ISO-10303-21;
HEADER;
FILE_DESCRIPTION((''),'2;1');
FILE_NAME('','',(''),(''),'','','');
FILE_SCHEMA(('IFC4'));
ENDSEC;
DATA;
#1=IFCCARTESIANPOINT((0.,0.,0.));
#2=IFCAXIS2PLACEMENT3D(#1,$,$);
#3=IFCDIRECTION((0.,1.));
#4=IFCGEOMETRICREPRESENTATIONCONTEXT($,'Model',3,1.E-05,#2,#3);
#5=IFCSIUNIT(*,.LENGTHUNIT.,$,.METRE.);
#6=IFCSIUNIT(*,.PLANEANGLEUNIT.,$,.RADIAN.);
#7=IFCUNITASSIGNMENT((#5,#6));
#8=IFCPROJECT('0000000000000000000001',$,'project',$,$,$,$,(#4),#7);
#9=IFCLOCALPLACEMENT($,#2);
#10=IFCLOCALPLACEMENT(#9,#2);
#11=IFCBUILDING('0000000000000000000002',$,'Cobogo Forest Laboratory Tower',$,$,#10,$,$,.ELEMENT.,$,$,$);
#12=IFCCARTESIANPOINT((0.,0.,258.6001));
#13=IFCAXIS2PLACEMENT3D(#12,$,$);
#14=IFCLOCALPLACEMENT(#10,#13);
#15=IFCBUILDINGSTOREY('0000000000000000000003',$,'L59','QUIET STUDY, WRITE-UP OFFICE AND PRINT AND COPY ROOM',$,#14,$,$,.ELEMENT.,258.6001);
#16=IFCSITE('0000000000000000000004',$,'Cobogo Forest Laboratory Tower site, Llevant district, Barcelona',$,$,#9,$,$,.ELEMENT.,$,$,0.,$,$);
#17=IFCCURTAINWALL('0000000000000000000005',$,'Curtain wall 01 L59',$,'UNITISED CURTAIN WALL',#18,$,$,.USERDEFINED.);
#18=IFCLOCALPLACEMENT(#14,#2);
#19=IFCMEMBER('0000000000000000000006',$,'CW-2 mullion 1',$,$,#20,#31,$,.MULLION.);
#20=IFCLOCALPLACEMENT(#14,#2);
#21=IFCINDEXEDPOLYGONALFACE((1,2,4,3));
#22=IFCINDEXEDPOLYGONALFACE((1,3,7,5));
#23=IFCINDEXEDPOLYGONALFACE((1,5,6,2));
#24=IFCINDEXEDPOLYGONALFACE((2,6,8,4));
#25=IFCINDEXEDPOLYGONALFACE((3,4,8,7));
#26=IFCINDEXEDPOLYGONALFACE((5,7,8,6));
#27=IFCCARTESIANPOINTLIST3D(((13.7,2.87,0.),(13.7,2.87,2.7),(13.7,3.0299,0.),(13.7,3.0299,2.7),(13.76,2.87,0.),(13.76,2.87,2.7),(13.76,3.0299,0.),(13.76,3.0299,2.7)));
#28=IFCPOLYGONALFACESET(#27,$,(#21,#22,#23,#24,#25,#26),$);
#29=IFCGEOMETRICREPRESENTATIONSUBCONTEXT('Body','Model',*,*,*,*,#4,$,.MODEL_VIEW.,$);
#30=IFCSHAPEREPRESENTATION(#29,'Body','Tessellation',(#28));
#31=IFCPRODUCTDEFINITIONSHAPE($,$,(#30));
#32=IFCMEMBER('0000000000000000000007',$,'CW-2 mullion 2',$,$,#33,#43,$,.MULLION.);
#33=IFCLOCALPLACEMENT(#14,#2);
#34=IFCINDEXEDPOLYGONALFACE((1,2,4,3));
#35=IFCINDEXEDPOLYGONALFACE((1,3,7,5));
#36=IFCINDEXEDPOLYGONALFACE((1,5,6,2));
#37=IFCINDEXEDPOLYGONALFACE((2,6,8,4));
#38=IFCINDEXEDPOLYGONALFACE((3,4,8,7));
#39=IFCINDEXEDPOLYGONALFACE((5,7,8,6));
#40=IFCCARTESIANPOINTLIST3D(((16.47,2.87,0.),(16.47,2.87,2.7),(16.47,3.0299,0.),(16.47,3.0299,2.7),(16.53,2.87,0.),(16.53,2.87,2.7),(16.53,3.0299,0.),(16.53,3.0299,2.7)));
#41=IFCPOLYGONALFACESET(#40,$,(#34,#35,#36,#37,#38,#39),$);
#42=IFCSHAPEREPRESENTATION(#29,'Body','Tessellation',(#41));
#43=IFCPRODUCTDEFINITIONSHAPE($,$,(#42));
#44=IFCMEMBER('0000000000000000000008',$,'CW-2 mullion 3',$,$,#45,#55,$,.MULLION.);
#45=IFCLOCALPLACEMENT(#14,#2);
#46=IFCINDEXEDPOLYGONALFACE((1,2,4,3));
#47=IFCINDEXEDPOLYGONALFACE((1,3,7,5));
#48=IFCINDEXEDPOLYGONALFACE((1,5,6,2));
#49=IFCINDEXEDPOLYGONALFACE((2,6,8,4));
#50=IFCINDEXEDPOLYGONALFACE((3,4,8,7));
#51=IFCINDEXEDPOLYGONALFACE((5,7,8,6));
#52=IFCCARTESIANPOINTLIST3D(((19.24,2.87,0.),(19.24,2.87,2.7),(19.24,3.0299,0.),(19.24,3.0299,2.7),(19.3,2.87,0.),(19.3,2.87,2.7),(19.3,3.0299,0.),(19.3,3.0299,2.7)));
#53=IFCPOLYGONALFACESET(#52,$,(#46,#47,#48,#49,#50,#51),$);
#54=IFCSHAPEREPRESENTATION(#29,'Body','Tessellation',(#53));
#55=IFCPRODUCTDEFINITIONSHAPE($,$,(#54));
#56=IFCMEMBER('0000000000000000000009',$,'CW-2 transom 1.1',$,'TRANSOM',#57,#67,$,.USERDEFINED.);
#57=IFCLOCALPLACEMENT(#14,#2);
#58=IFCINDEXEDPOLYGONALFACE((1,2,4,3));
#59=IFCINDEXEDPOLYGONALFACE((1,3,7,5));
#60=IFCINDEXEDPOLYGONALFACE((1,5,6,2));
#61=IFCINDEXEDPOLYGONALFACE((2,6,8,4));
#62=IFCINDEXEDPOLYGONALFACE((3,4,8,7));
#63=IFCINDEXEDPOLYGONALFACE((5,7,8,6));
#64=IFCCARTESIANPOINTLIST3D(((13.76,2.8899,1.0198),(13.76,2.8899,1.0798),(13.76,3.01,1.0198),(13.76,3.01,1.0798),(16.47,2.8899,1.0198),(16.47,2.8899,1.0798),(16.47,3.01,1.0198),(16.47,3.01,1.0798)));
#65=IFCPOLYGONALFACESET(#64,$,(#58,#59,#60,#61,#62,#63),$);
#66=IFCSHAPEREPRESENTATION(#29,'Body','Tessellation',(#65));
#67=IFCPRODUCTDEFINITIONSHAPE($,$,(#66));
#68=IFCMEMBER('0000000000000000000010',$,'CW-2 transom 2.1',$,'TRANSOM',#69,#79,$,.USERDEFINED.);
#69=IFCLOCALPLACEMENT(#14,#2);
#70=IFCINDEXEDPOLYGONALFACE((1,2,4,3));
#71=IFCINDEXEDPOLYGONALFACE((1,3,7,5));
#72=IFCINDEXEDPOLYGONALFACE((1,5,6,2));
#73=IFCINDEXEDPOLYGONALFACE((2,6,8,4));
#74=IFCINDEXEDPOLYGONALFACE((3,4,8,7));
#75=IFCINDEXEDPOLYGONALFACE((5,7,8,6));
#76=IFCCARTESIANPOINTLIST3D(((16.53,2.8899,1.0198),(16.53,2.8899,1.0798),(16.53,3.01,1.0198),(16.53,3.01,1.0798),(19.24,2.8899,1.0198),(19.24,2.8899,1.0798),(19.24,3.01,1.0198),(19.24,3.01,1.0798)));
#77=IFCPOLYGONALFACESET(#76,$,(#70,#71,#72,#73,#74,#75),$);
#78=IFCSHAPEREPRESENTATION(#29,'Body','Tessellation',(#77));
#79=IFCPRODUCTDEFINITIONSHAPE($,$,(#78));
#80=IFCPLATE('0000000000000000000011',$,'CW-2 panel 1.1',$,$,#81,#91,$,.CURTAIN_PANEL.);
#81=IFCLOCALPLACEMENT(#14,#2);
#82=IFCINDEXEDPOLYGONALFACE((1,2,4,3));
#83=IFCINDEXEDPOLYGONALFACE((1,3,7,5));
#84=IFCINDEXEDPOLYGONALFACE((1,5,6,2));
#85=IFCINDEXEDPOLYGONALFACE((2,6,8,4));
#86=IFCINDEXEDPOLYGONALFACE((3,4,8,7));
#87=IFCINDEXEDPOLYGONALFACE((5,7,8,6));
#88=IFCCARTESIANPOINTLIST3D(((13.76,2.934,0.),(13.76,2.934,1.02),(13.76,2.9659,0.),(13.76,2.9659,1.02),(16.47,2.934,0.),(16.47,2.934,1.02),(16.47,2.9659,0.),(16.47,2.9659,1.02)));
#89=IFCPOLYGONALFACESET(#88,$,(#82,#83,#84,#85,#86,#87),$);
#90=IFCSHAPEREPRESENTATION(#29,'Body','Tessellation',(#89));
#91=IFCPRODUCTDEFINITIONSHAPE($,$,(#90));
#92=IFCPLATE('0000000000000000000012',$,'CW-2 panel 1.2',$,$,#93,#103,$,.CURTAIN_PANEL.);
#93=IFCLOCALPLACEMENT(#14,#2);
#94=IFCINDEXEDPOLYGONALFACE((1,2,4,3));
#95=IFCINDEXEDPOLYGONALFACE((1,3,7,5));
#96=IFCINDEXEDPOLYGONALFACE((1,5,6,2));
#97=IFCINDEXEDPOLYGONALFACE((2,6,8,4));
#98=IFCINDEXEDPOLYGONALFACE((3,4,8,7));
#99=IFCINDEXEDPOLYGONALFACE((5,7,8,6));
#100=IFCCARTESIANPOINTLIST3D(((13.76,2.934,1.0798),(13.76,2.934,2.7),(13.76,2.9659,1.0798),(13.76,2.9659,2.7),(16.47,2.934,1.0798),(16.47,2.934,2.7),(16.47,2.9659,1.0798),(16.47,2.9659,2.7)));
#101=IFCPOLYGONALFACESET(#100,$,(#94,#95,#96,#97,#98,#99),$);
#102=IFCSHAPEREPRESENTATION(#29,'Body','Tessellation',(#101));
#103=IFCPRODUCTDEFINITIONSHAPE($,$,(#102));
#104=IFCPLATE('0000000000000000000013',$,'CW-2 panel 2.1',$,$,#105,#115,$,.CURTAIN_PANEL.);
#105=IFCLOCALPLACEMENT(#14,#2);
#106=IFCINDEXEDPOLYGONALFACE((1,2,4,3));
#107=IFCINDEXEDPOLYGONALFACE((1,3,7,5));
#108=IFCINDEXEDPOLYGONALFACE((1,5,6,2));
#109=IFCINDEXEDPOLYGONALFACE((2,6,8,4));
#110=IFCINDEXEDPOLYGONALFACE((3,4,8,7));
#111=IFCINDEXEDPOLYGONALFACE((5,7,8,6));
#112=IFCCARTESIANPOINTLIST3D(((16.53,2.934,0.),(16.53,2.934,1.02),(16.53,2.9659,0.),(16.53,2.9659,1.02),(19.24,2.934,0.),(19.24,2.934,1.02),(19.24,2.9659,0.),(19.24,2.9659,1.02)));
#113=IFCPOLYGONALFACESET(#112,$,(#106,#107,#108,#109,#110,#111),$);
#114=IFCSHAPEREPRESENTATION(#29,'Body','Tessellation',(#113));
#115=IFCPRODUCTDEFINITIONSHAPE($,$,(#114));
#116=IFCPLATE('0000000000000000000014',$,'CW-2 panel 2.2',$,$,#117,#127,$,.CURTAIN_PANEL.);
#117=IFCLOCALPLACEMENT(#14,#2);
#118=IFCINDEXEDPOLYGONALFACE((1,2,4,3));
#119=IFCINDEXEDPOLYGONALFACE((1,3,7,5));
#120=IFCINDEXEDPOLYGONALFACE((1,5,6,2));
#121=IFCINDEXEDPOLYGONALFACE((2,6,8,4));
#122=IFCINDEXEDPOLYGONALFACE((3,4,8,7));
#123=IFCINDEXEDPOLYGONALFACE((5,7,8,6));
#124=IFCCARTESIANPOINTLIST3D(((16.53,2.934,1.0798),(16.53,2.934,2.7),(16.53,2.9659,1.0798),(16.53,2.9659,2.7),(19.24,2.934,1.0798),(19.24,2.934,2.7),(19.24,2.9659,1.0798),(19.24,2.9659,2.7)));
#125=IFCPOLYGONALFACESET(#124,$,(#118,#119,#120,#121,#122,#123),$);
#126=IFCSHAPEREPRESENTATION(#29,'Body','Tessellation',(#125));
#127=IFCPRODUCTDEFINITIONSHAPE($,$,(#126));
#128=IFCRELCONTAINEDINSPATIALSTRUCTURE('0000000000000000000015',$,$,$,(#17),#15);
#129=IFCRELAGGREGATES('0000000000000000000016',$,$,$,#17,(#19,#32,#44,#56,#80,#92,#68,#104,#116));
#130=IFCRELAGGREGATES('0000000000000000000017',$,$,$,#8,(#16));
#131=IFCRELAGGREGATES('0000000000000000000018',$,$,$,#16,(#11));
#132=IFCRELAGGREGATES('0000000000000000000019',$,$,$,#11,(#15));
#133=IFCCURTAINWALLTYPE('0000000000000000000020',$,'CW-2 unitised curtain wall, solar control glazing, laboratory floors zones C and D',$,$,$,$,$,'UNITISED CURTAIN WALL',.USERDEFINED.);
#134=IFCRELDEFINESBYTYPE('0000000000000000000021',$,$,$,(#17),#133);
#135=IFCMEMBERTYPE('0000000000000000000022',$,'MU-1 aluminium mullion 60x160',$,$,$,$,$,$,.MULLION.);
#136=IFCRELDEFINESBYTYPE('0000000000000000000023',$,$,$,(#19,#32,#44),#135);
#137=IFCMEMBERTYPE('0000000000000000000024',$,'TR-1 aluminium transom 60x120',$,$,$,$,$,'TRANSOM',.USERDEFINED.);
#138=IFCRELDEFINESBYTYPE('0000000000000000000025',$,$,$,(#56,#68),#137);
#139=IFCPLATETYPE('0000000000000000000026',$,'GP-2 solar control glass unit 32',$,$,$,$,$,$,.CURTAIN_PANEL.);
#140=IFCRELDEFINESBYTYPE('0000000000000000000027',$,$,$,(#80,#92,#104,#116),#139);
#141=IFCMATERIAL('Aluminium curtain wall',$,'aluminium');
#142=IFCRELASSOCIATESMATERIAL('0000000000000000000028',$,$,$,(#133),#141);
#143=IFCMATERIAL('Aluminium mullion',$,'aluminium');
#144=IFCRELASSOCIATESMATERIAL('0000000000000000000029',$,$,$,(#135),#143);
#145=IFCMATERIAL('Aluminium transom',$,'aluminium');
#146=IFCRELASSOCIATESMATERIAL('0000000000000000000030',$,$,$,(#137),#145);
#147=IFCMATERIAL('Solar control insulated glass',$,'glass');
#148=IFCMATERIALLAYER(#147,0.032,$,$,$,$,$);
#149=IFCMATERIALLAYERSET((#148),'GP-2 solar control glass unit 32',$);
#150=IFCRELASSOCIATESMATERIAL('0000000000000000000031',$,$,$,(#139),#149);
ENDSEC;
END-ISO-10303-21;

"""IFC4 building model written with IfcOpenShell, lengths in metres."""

from ifc_helpers import new_model, si_unit, direction, frame, origin, origin_2d, place, context, subcontext, project, spatial, rectangle, extrude, material, layer, layer_set, material_profile, profile_set, type_object, element, aggregate, save


model = new_model("IFC4")

# Units and contexts
model_context = context("Model", 3, precision=1e-05, world=origin(), true_north=direction((0.0, 1.0)))
body_context = subcontext(model_context, "Body", "Model", "MODEL_VIEW")
ifc_project = project(units=[si_unit("LENGTHUNIT", "METRE"), si_unit("PLANEANGLEUNIT", "RADIAN")], contexts=[model_context])

# Site, building, storey
site_placement = place(None, origin())
site = spatial("IfcSite", under=ifc_project, at=site_placement, Name="Cobogo Forest Laboratory Tower site, Llevant district, Barcelona", CompositionType="ELEMENT", RefElevation=0.0)
building_placement = place(site_placement, origin())
building = spatial("IfcBuilding", under=site, at=building_placement, Name="Cobogo Forest Laboratory Tower", CompositionType="ELEMENT")
storey_placement = place(building_placement, frame((0.0, 0.0, 258.6001)))
storey = spatial("IfcBuildingStorey", under=building, at=storey_placement, Name="L59", Description="QUIET STUDY, WRITE-UP OFFICE AND PRINT AND COPY ROOM", CompositionType="ELEMENT", Elevation=258.6001)

# Curtain wall, members, plates
ifc_material_1 = material(Name="Aluminium curtain wall", Category="aluminium")
curtain_wall_type = type_object("IfcCurtainWallType", Name="CW-2 unitised curtain wall, solar control glazing, laboratory floors zones C and D", ElementType="UNITISED CURTAIN WALL", PredefinedType="USERDEFINED", material=ifc_material_1)
curtain_wall_placement = place(storey_placement, origin())
curtain_wall = element("IfcCurtainWall", 1, at=curtain_wall_placement, inside=storey, type_object=curtain_wall_type, Name="Curtain wall 01 L59", ObjectType="UNITISED CURTAIN WALL", PredefinedType="USERDEFINED")
ifc_material_2 = material(Name="Aluminium mullion", Category="aluminium")
ifc_material_profile_1 = material_profile(ifc_material_2, rectangle(XDim=0.0601, YDim=0.1599, at=origin_2d()), Name="AL 60x160")
ifc_profile_set_1 = profile_set([ifc_material_profile_1], Name="Aluminium mullion")
member_type_1 = type_object("IfcMemberType", Name="MU-1 aluminium mullion 60x160", PredefinedType="MULLION", material=ifc_profile_set_1)
member_1_placement = place(storey_placement, frame((13.73, 2.95, 0.0), z_axis=(0.0, 0.0, 1.0), x_axis=(1.0, 0.0, 0.0)))
member_1 = element("IfcMember", 2, at=member_1_placement, type_object=member_type_1, Name="CW-2 mullion 1", PredefinedType="MULLION", context=body_context, shape_type="SweptSolid", body=[
    extrude(rectangle(XDim=0.0601, YDim=0.1599, at=origin_2d()), origin(), (0.0, 0.0, 1.0), 2.7),
])
member_2_placement = place(storey_placement, frame((16.5, 2.95, 0.0), z_axis=(0.0, 0.0, 1.0), x_axis=(1.0, 0.0, 0.0)))
member_2 = element("IfcMember", 3, at=member_2_placement, type_object=member_type_1, Name="CW-2 mullion 2", PredefinedType="MULLION", context=body_context, shape_type="SweptSolid", body=[
    extrude(rectangle(XDim=0.0601, YDim=0.1599, at=origin_2d()), origin(), (0.0, 0.0, 1.0), 2.7),
])
member_3_placement = place(storey_placement, frame((19.27, 2.95, 0.0), z_axis=(0.0, 0.0, 1.0), x_axis=(1.0, 0.0, 0.0)))
member_3 = element("IfcMember", 4, at=member_3_placement, type_object=member_type_1, Name="CW-2 mullion 3", PredefinedType="MULLION", context=body_context, shape_type="SweptSolid", body=[
    extrude(rectangle(XDim=0.0601, YDim=0.1599, at=origin_2d()), origin(), (0.0, 0.0, 1.0), 2.7),
])
ifc_material_3 = material(Name="Aluminium transom", Category="aluminium")
ifc_material_profile_2 = material_profile(ifc_material_3, rectangle(XDim=0.1201, YDim=0.0601, at=origin_2d()), Name="AL 60x120")
ifc_profile_set_2 = profile_set([ifc_material_profile_2], Name="Aluminium transom")
member_type_2 = type_object("IfcMemberType", Name="TR-1 aluminium transom 60x120", ElementType="TRANSOM", PredefinedType="USERDEFINED", material=ifc_profile_set_2)
member_4_placement = place(storey_placement, frame((13.76, 2.95, 1.0498), z_axis=(1.0, 0.0, 0.0), x_axis=(0.0, 1.0, 0.0)))
member_4 = element("IfcMember", 5, at=member_4_placement, type_object=member_type_2, Name="CW-2 transom 1.1", ObjectType="TRANSOM", PredefinedType="USERDEFINED", context=body_context, shape_type="SweptSolid", body=[
    extrude(rectangle(XDim=0.1201, YDim=0.0601, at=origin_2d()), origin(), (0.0, 0.0, 1.0), 2.71),
])
member_5_placement = place(storey_placement, frame((16.53, 2.95, 1.0498), z_axis=(1.0, 0.0, 0.0), x_axis=(0.0, 1.0, 0.0)))
member_5 = element("IfcMember", 6, at=member_5_placement, type_object=member_type_2, Name="CW-2 transom 2.1", ObjectType="TRANSOM", PredefinedType="USERDEFINED", context=body_context, shape_type="SweptSolid", body=[
    extrude(rectangle(XDim=0.1201, YDim=0.0601, at=origin_2d()), origin(), (0.0, 0.0, 1.0), 2.71),
])
ifc_material_4 = material(Name="Solar control insulated glass", Category="glass")
ifc_layer = layer(ifc_material_4, 0.032)
ifc_layer_set = layer_set([ifc_layer], Name="GP-2 solar control glass unit 32")
plate_type_1 = type_object("IfcPlateType", Name="GP-2 solar control glass unit 32", PredefinedType="CURTAIN_PANEL", material=ifc_layer_set)
plate_1_placement = place(storey_placement, frame((15.115, 2.95, 0.0), z_axis=(0.0, 0.0, 1.0), x_axis=(1.0, 0.0, 0.0)))
plate_1 = element("IfcPlate", 7, at=plate_1_placement, type_object=plate_type_1, Name="CW-2 panel 1.1", PredefinedType="CURTAIN_PANEL", context=body_context, shape_type="SweptSolid", body=[
    extrude(rectangle(XDim=2.71, YDim=0.032, at=origin_2d()), origin(), (0.0, 0.0, 1.0), 1.02),
])
plate_2_placement = place(storey_placement, frame((15.115, 2.95, 1.0798), z_axis=(0.0, 0.0, 1.0), x_axis=(1.0, 0.0, 0.0)))
plate_2 = element("IfcPlate", 8, at=plate_2_placement, type_object=plate_type_1, Name="CW-2 panel 1.2", PredefinedType="CURTAIN_PANEL", context=body_context, shape_type="SweptSolid", body=[
    extrude(rectangle(XDim=2.71, YDim=0.032, at=origin_2d()), origin(), (0.0, 0.0, 1.0), 1.6201),
])
plate_3_placement = place(storey_placement, frame((17.885, 2.95, 0.0), z_axis=(0.0, 0.0, 1.0), x_axis=(1.0, 0.0, 0.0)))
plate_3 = element("IfcPlate", 9, at=plate_3_placement, type_object=plate_type_1, Name="CW-2 panel 2.1", PredefinedType="CURTAIN_PANEL", context=body_context, shape_type="SweptSolid", body=[
    extrude(rectangle(XDim=2.71, YDim=0.032, at=origin_2d()), origin(), (0.0, 0.0, 1.0), 1.02),
])
plate_4_placement = place(storey_placement, frame((17.885, 2.95, 1.0798), z_axis=(0.0, 0.0, 1.0), x_axis=(1.0, 0.0, 0.0)))
plate_4 = element("IfcPlate", 10, at=plate_4_placement, type_object=plate_type_1, Name="CW-2 panel 2.2", PredefinedType="CURTAIN_PANEL", context=body_context, shape_type="SweptSolid", body=[
    extrude(rectangle(XDim=2.71, YDim=0.032, at=origin_2d()), origin(), (0.0, 0.0, 1.0), 1.6201),
])
aggregate(curtain_wall, [member_1, member_2, member_3, member_4, plate_1, plate_2, member_5, plate_3, plate_4])

save(model, "model.ifc")
